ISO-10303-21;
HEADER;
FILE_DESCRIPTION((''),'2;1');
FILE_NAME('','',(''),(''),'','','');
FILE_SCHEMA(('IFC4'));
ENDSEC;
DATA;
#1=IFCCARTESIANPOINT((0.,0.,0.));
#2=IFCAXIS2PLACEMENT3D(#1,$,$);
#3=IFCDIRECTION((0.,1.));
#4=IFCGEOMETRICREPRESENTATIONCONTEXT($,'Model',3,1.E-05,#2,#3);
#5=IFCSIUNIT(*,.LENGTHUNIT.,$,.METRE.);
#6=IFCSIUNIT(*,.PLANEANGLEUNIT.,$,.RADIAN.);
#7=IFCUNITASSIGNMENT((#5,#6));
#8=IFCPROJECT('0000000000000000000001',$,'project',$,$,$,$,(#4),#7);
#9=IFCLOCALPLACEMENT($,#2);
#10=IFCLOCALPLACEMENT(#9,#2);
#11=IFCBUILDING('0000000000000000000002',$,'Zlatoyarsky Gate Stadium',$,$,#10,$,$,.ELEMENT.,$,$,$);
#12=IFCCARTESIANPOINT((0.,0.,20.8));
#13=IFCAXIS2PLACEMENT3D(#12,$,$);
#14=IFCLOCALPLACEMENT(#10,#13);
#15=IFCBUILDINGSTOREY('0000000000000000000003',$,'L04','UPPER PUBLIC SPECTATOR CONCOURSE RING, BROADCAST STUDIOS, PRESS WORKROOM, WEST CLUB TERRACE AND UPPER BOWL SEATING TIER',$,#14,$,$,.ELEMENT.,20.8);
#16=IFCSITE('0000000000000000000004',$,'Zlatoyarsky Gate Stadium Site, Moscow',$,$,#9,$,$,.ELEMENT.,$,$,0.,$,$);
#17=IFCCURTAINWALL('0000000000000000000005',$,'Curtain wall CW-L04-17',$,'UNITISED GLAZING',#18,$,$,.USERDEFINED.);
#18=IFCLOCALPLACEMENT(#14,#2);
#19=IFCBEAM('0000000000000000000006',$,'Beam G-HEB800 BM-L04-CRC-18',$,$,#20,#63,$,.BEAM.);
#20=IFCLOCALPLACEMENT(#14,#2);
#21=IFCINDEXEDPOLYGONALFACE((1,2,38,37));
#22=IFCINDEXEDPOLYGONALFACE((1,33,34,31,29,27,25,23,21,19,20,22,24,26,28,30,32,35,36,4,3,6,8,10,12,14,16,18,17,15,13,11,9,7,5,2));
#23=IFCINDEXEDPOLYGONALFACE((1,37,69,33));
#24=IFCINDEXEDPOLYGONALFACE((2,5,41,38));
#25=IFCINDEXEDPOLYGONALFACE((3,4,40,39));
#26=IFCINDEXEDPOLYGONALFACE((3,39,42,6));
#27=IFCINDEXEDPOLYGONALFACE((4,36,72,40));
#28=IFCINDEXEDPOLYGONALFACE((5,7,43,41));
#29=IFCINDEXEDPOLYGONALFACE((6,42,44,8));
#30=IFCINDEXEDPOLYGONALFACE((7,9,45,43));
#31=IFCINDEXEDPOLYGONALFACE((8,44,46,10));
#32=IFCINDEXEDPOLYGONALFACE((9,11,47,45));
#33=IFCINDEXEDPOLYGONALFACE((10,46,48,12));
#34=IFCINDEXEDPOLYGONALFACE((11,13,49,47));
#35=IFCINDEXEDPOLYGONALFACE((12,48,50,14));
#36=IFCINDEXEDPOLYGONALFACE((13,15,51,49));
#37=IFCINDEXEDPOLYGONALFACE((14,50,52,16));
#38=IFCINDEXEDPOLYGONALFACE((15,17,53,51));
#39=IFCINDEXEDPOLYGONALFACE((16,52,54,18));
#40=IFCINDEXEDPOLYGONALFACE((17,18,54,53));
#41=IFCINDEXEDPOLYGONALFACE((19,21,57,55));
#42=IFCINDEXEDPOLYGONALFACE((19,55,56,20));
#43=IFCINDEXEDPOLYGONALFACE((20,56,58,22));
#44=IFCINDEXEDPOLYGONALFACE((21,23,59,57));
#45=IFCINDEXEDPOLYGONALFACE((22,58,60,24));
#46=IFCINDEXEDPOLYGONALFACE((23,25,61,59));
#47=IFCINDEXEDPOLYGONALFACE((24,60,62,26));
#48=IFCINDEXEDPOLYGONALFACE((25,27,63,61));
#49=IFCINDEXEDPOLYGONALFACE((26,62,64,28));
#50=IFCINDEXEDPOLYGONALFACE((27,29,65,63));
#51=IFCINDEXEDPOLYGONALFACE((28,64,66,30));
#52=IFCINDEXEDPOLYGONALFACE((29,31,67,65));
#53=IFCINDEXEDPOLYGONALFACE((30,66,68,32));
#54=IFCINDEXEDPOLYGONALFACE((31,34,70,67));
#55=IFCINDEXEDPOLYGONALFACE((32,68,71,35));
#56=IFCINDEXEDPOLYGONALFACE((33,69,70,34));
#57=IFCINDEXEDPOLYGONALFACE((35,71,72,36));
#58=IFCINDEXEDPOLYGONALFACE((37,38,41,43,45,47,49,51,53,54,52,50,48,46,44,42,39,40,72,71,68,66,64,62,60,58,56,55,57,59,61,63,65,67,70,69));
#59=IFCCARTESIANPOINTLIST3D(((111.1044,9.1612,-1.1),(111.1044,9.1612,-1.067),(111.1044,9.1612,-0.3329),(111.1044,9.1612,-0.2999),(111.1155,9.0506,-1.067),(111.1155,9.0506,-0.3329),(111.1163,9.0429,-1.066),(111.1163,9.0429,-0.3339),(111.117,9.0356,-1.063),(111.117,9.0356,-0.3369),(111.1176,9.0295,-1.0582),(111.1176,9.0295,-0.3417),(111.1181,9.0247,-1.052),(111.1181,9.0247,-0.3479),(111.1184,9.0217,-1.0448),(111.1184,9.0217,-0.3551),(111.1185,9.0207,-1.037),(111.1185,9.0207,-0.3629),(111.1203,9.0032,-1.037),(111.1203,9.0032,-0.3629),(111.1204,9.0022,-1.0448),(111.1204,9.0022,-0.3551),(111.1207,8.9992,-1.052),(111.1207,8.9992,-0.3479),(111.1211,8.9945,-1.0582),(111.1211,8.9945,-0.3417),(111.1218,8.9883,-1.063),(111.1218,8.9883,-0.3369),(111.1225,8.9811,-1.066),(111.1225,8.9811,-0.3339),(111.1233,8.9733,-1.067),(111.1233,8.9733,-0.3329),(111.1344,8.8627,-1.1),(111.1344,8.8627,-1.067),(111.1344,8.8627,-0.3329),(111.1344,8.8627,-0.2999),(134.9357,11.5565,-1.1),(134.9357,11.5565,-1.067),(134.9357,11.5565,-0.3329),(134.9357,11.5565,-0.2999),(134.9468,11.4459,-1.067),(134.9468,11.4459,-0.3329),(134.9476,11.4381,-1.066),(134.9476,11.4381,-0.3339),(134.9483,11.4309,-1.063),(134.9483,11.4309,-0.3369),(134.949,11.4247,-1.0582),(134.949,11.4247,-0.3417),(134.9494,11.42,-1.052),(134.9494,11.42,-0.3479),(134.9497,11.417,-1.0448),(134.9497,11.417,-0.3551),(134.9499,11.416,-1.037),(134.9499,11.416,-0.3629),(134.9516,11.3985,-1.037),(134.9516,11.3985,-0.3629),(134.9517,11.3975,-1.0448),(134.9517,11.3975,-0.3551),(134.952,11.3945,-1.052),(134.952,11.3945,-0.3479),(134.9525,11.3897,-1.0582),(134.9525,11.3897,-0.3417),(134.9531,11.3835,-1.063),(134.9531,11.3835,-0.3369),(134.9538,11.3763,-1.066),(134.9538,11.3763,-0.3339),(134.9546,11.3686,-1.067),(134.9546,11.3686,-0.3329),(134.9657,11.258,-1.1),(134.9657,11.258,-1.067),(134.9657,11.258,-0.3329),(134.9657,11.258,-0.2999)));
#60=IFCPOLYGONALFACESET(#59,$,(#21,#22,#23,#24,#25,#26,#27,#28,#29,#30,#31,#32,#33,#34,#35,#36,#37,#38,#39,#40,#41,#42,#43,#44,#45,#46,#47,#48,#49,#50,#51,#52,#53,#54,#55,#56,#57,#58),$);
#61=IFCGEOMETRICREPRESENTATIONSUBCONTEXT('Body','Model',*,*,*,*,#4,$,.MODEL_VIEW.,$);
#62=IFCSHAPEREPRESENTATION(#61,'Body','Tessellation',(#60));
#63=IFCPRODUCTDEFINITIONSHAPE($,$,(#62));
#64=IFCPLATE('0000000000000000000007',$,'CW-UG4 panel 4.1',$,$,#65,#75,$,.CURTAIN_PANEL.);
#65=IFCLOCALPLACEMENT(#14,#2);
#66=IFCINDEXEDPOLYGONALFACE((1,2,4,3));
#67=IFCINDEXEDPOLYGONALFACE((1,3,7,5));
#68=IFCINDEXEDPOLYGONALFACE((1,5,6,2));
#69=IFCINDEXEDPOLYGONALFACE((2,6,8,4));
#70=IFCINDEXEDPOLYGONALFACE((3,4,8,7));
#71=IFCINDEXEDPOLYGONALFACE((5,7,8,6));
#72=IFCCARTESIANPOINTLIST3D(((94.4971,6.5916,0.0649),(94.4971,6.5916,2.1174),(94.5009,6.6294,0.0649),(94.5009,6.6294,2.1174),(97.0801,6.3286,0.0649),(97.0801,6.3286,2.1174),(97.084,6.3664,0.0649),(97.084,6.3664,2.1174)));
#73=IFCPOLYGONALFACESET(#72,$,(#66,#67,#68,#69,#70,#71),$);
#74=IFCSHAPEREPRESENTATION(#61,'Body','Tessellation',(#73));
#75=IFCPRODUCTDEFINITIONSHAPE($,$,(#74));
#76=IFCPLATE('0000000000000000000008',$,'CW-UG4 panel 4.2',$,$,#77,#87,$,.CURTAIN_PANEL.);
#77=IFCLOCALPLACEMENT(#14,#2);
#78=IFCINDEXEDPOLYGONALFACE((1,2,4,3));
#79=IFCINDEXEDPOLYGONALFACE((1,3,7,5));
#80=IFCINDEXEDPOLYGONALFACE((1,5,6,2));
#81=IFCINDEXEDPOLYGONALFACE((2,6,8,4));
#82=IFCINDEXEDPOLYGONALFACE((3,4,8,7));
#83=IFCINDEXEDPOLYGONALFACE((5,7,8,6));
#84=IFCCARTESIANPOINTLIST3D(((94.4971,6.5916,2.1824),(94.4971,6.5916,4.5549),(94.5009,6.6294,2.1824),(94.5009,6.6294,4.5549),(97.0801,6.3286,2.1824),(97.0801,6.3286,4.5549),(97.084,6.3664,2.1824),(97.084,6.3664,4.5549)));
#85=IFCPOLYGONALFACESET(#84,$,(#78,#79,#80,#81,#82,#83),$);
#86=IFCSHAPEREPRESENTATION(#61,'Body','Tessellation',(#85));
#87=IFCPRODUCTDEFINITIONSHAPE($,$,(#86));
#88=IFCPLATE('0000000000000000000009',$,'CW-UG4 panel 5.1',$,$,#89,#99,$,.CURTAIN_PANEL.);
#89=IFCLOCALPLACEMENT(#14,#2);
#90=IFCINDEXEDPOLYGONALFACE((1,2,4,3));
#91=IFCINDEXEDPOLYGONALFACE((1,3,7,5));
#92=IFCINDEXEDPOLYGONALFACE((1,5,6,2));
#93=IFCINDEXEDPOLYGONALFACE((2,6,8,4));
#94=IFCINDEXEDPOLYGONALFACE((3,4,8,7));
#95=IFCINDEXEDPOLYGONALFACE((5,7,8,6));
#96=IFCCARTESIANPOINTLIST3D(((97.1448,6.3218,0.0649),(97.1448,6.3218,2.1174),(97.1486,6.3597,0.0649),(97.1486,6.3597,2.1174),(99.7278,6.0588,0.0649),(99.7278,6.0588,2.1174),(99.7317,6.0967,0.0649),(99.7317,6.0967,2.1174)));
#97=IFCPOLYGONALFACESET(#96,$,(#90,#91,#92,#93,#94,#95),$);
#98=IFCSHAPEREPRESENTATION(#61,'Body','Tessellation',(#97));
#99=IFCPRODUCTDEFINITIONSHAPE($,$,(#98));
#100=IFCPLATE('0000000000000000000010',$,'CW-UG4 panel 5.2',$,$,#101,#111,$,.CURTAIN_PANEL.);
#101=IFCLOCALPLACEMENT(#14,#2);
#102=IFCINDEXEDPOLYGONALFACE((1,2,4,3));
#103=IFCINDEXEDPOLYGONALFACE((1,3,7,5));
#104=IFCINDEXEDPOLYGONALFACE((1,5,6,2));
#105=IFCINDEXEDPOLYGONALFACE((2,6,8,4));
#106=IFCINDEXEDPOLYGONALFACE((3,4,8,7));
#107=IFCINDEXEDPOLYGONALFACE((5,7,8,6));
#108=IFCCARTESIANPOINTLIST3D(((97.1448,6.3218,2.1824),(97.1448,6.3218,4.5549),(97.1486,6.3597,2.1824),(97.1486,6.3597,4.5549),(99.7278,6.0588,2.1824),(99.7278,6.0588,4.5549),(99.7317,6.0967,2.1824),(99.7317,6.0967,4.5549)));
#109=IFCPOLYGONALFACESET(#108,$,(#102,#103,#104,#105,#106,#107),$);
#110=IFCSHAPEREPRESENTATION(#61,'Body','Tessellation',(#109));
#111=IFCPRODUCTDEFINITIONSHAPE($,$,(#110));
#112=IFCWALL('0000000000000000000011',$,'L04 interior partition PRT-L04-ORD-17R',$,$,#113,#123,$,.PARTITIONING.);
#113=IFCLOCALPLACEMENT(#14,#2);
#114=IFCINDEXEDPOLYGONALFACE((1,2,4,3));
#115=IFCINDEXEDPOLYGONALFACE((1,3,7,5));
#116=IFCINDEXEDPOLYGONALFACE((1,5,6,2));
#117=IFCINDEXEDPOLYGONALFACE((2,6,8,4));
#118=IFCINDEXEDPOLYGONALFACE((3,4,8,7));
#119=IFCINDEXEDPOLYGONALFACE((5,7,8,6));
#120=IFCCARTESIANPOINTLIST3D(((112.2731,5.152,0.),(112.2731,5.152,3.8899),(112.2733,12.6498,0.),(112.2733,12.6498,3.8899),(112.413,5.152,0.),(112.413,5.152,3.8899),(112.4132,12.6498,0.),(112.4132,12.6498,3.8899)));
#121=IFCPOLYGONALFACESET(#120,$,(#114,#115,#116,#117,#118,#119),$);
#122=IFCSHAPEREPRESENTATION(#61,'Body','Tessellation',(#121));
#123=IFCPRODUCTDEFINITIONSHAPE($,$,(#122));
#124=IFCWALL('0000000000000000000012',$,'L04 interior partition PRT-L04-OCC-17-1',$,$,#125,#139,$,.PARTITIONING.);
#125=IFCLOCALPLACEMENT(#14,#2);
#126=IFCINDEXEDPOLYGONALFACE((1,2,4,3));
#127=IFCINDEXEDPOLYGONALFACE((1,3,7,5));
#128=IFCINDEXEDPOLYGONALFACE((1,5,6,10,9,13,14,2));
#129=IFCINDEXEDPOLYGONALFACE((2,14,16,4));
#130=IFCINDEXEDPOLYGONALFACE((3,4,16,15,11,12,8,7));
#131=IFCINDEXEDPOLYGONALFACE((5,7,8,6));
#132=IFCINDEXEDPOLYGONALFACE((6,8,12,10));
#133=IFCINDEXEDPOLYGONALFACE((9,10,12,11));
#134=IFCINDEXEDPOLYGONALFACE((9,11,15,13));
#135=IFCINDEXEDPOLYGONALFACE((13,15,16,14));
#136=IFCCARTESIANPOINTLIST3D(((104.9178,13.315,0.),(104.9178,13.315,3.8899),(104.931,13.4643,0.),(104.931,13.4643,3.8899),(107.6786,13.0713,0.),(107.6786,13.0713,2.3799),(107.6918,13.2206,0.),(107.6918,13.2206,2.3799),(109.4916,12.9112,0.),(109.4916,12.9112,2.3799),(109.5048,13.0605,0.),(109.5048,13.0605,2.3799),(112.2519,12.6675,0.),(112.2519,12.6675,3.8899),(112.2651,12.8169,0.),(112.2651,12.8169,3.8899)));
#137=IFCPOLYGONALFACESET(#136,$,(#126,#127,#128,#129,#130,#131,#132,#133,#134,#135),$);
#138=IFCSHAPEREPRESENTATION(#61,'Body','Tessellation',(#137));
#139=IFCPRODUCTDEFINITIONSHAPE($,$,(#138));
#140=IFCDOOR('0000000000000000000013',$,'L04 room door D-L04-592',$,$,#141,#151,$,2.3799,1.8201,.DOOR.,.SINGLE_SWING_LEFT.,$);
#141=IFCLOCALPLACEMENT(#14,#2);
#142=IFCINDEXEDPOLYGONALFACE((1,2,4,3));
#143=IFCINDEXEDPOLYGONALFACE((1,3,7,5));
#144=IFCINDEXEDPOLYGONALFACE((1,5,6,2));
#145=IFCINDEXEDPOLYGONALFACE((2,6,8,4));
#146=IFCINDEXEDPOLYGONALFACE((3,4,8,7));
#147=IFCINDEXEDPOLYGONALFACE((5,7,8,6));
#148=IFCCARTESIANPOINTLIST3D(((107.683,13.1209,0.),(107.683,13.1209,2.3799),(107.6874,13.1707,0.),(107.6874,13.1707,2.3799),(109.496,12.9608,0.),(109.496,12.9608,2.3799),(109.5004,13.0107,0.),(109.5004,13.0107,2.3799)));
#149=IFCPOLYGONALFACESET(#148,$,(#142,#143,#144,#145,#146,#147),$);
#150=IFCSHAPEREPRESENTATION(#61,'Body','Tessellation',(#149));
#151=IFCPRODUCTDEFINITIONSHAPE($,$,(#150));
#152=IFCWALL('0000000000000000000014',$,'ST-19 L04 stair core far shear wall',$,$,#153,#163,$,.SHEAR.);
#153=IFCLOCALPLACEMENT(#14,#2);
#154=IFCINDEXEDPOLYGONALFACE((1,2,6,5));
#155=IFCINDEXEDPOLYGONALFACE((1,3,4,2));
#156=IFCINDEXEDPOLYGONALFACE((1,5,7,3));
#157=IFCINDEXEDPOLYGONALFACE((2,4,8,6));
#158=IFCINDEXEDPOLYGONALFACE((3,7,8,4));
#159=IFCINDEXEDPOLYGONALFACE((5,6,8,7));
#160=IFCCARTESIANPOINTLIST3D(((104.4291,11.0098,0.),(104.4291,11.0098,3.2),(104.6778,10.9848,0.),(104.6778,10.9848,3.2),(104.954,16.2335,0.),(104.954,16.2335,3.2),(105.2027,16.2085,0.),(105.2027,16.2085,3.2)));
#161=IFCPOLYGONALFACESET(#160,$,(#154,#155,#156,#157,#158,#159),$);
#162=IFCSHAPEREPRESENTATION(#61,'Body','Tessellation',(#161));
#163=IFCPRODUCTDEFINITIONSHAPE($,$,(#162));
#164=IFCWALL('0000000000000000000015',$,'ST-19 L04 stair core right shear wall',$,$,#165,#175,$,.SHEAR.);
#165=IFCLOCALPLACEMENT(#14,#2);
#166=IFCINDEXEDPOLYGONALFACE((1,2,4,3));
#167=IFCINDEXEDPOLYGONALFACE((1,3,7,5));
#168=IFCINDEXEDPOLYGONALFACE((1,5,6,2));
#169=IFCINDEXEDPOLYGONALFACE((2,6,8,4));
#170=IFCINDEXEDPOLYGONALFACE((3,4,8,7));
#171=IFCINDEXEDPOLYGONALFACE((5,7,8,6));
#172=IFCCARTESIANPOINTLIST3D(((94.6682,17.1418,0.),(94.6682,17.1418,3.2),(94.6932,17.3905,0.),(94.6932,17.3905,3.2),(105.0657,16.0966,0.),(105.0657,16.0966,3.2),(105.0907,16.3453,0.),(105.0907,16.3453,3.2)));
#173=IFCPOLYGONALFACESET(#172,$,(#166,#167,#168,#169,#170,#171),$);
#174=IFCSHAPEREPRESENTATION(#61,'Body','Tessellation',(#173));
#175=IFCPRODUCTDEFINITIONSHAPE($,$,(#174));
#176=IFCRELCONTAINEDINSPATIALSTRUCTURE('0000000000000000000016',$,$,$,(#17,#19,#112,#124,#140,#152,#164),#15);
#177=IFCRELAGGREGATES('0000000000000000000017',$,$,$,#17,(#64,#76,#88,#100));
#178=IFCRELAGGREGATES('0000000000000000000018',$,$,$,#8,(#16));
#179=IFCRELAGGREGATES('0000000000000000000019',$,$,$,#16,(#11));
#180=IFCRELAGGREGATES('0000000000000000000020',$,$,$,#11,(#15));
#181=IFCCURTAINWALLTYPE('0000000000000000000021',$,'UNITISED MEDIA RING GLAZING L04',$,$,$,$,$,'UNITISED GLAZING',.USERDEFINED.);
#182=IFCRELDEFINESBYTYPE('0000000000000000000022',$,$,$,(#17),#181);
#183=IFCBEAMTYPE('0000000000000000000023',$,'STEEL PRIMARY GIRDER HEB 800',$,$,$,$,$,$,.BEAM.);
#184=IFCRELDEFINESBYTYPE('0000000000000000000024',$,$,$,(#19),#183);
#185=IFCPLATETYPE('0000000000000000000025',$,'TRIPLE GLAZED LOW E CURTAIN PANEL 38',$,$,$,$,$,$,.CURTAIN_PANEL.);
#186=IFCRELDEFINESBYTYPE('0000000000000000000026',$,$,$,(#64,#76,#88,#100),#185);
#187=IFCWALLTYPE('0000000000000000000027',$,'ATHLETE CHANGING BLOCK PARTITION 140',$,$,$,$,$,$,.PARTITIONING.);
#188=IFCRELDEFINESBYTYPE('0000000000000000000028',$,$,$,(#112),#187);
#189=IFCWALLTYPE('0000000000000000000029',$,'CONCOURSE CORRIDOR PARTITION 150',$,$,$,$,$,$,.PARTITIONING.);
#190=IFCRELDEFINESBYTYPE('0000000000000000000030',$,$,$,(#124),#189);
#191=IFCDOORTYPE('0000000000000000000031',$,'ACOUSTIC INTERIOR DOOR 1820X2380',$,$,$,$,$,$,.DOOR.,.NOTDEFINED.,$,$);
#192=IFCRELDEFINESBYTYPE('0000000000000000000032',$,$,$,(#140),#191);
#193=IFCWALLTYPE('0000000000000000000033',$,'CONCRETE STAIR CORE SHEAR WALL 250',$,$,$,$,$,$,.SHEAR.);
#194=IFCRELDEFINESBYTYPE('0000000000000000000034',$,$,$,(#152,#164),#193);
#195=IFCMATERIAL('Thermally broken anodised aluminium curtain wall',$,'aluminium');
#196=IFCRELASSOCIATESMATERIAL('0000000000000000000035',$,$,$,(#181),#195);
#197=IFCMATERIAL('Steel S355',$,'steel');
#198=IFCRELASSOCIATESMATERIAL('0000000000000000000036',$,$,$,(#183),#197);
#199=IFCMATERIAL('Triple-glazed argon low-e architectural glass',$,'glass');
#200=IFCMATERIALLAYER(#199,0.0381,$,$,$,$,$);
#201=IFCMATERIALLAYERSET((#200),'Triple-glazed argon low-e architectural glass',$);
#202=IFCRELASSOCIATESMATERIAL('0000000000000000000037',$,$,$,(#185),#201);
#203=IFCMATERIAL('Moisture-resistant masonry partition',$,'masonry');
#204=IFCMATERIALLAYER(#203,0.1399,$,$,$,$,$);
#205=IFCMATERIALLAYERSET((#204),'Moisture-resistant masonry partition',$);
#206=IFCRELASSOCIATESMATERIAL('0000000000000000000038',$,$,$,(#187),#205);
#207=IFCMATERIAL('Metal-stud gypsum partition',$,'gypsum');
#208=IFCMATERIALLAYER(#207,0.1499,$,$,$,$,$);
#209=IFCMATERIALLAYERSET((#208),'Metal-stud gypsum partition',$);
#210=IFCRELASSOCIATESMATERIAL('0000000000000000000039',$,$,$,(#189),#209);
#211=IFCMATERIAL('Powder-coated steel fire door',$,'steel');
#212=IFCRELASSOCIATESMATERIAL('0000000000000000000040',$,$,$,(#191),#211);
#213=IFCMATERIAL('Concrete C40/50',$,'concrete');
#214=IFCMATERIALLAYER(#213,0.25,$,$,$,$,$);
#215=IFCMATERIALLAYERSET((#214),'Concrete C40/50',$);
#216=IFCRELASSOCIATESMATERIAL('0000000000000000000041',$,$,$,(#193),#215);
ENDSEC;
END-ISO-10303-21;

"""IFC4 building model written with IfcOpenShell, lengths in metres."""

from ifc_helpers import new_model, si_unit, direction, frame, frame_2d, origin, origin_2d, place, context, subcontext, project, spatial, rectangle, i_section, extrude, material, layer, layer_set, material_profile, profile_set, type_object, element, fill, aggregate, save


model = new_model("IFC4")

# Units and contexts
model_context = context("Model", 3, precision=1e-05, world=origin(), true_north=direction((0.0, 1.0)))
body_context = subcontext(model_context, "Body", "Model", "MODEL_VIEW")
ifc_project = project(units=[si_unit("LENGTHUNIT", "METRE"), si_unit("PLANEANGLEUNIT", "RADIAN")], contexts=[model_context])

# Site, building, storey
site_placement = place(None, origin())
site = spatial("IfcSite", under=ifc_project, at=site_placement, Name="Zlatoyarsky Gate Stadium Site, Moscow", CompositionType="ELEMENT", RefElevation=0.0)
building_placement = place(site_placement, origin())
building = spatial("IfcBuilding", under=site, at=building_placement, Name="Zlatoyarsky Gate Stadium", CompositionType="ELEMENT")
storey_placement = place(building_placement, frame((0.0, 0.0, 20.8)))
storey = spatial("IfcBuildingStorey", under=building, at=storey_placement, Name="L04", Description="UPPER PUBLIC SPECTATOR CONCOURSE RING, BROADCAST STUDIOS, PRESS WORKROOM, WEST CLUB TERRACE AND UPPER BOWL SEATING TIER", CompositionType="ELEMENT", Elevation=20.8)

# Shared definitions
ifc_material_1 = material(Name="Steel S355", Category="steel")

# Curtain wall
ifc_material_2 = material(Name="Thermally broken anodised aluminium curtain wall", Category="aluminium")
curtain_wall_type = type_object("IfcCurtainWallType", Name="UNITISED MEDIA RING GLAZING L04", ElementType="UNITISED GLAZING", PredefinedType="USERDEFINED", material=ifc_material_2)
curtain_wall_placement = place(storey_placement, origin())
curtain_wall = element("IfcCurtainWall", 1, at=curtain_wall_placement, inside=storey, type_object=curtain_wall_type, Name="Curtain wall CW-L04-17", ObjectType="UNITISED GLAZING", PredefinedType="USERDEFINED")

# Beam
ifc_material_profile_1 = material_profile(ifc_material_1, i_section(OverallWidth=0.3, OverallDepth=0.8, WebThickness=0.0176, FlangeThickness=0.033, FilletRadius=0.03, at=origin_2d()), Name="HEB 800")
ifc_profile_set_1 = profile_set([ifc_material_profile_1], Name="Steel S355")
beam_type_1 = type_object("IfcBeamType", Name="STEEL PRIMARY GIRDER HEB 800", PredefinedType="BEAM", material=ifc_profile_set_1)
beam_1_placement = place(storey_placement, frame((111.1194, 9.012, -0.7), z_axis=(0.994987, 0.100005, 0.0), x_axis=(-0.100005, 0.994987, 0.0)))
element("IfcBeam", 2, at=beam_1_placement, inside=storey, type_object=beam_type_1, Name="Beam G-HEB800 BM-L04-CRC-18", PredefinedType="BEAM", context=body_context, shape_type="SweptSolid", body=[
    extrude(i_section(OverallWidth=0.3, OverallDepth=0.8, WebThickness=0.0176, FlangeThickness=0.033, FilletRadius=0.03, at=origin_2d()), origin(), (0.0, 0.0, 1.0), 23.9514),
])

# Plates
ifc_material_3 = material(Name="Triple-glazed argon low-e architectural glass", Category="glass")
ifc_layer_1 = layer(ifc_material_3, 0.0381)
ifc_layer_set_1 = layer_set([ifc_layer_1], Name="Triple-glazed argon low-e architectural glass")
plate_type = type_object("IfcPlateType", Name="TRIPLE GLAZED LOW E CURTAIN PANEL 38", PredefinedType="CURTAIN_PANEL", material=ifc_layer_set_1)
plate_1_placement = place(storey_placement, frame((95.7905, 6.479, 0.0649), z_axis=(0.0, 0.0, 1.0), x_axis=(0.994857, -0.101293, 0.0)))
plate_1 = element("IfcPlate", 3, at=plate_1_placement, type_object=plate_type, Name="CW-UG4 panel 4.1", PredefinedType="CURTAIN_PANEL", context=body_context, shape_type="SweptSolid", body=[
    extrude(rectangle(XDim=2.5964, YDim=0.0381, at=origin_2d()), origin(), (0.0, 0.0, 1.0), 2.0525),
])
plate_2_placement = place(storey_placement, frame((95.7905, 6.479, 2.1824), z_axis=(0.0, 0.0, 1.0), x_axis=(0.994857, -0.101293, 0.0)))
plate_2 = element("IfcPlate", 4, at=plate_2_placement, type_object=plate_type, Name="CW-UG4 panel 4.2", PredefinedType="CURTAIN_PANEL", context=body_context, shape_type="SweptSolid", body=[
    extrude(rectangle(XDim=2.5964, YDim=0.0381, at=origin_2d()), origin(), (0.0, 0.0, 1.0), 2.3726),
])
plate_3_placement = place(storey_placement, frame((98.4382, 6.2092, 0.0649), z_axis=(0.0, 0.0, 1.0), x_axis=(0.994857, -0.101293, 0.0)))
plate_3 = element("IfcPlate", 5, at=plate_3_placement, type_object=plate_type, Name="CW-UG4 panel 5.1", PredefinedType="CURTAIN_PANEL", context=body_context, shape_type="SweptSolid", body=[
    extrude(rectangle(XDim=2.5964, YDim=0.0381, at=origin_2d()), origin(), (0.0, 0.0, 1.0), 2.0525),
])
plate_4_placement = place(storey_placement, frame((98.4382, 6.2092, 2.1824), z_axis=(0.0, 0.0, 1.0), x_axis=(0.994857, -0.101293, 0.0)))
plate_4 = element("IfcPlate", 6, at=plate_4_placement, type_object=plate_type, Name="CW-UG4 panel 5.2", PredefinedType="CURTAIN_PANEL", context=body_context, shape_type="SweptSolid", body=[
    extrude(rectangle(XDim=2.5964, YDim=0.0381, at=origin_2d()), origin(), (0.0, 0.0, 1.0), 2.3726),
])
aggregate(curtain_wall, [plate_1, plate_2, plate_3, plate_4])

# Wall
ifc_material_4 = material(Name="Moisture-resistant masonry partition", Category="masonry")
ifc_layer_2 = layer(ifc_material_4, 0.1399)
ifc_layer_set_2 = layer_set([ifc_layer_2], Name="Moisture-resistant masonry partition")
wall_type_1 = type_object("IfcWallType", Name="ATHLETE CHANGING BLOCK PARTITION 140", PredefinedType="PARTITIONING", material=ifc_layer_set_2)
wall_1_placement = place(storey_placement, frame((112.3433, 12.6499, 0.0), z_axis=(0.0, 0.0, 1.0), x_axis=(-0.000033, -1.0, 0.0)))
element("IfcWall", 7, at=wall_1_placement, inside=storey, type_object=wall_type_1, Name="L04 interior partition PRT-L04-ORD-17R", PredefinedType="PARTITIONING", context=body_context, shape_type="SweptSolid", body=[
    extrude(rectangle(XDim=7.4978, YDim=0.1399, at=frame_2d((3.749, 0.0))), origin(), (0.0, 0.0, 1.0), 3.8899),
])

# Wall, opening, door
ifc_material_5 = material(Name="Metal-stud gypsum partition", Category="gypsum")
ifc_layer_3 = layer(ifc_material_5, 0.1499)
ifc_layer_set_3 = layer_set([ifc_layer_3], Name="Metal-stud gypsum partition")
wall_type_2 = type_object("IfcWallType", Name="CONCOURSE CORRIDOR PARTITION 150", PredefinedType="PARTITIONING", material=ifc_layer_set_3)
wall_2_placement = place(storey_placement, frame((104.9246, 13.3896, 0.0), z_axis=(0.0, 0.0, 1.0), x_axis=(0.996126, -0.08794, 0.0)))
wall_2 = element("IfcWall", 8, at=wall_2_placement, inside=storey, type_object=wall_type_2, Name="L04 interior partition PRT-L04-OCC-17-1", PredefinedType="PARTITIONING", context=body_context, shape_type="SweptSolid", body=[
    extrude(rectangle(XDim=7.3625, YDim=0.1499, at=frame_2d((3.6812, 0.0))), origin(), (0.0, 0.0, 1.0), 3.8899),
])
opening_placement = place(wall_2_placement, frame((2.7712, 0.0, 0.0)))
opening = element("IfcOpeningElement", 9, at=opening_placement, cuts=wall_2, PredefinedType="OPENING", context=body_context, shape_type="SweptSolid", body=[
    extrude(rectangle(XDim=1.8201, YDim=2.3799, at=frame_2d((0.9102, 1.1899))), frame((0.0, 0.085, 0.0), z_axis=(0.0, -1.0, 0.0), x_axis=(1.0, 0.0, 0.0)), (0.0, 0.0, 1.0), 0.1699),
])
ifc_material_6 = material(Name="Powder-coated steel fire door", Category="steel")
door_type = type_object("IfcDoorType", Name="ACOUSTIC INTERIOR DOOR 1820X2380", OperationType="NOTDEFINED", PredefinedType="DOOR", material=ifc_material_6)
door_placement = place(opening_placement, origin())
door = element("IfcDoor", 10, at=door_placement, inside=storey, type_object=door_type, Name="L04 room door D-L04-592", OperationType="SINGLE_SWING_LEFT", OverallHeight=2.3799, OverallWidth=1.8201, PredefinedType="DOOR", context=body_context, shape_type="SweptSolid", body=[
    extrude(rectangle(XDim=1.8201, YDim=2.3799, at=frame_2d((0.9102, 1.1899))), frame((0.0, 0.0249, 0.0), z_axis=(0.0, -1.0, 0.0), x_axis=(1.0, 0.0, 0.0)), (0.0, 0.0, 1.0), 0.05),
])
fill(opening, door)

# Walls
ifc_material_7 = material(Name="Concrete C40/50", Category="concrete")
ifc_layer_4 = layer(ifc_material_7, 0.25)
ifc_layer_set_4 = layer_set([ifc_layer_4], Name="Concrete C40/50")
wall_type_3 = type_object("IfcWallType", Name="CONCRETE STAIR CORE SHEAR WALL 250", PredefinedType="SHEAR", material=ifc_layer_set_4)
wall_3_placement = place(storey_placement, frame((104.5535, 10.9973, 0.0), z_axis=(0.0, 0.0, 1.0), x_axis=(0.099983, 0.994989, 0.0)))
element("IfcWall", 11, at=wall_3_placement, inside=storey, type_object=wall_type_3, Name="ST-19 L04 stair core far shear wall", PredefinedType="SHEAR", context=body_context, shape_type="SweptSolid", body=[
    extrude(rectangle(XDim=5.25, YDim=0.25, at=frame_2d((2.625, 0.0))), origin(), (0.0, 0.0, 1.0), 3.2),
])
wall_4_placement = place(storey_placement, frame((105.0784, 16.2209, 0.0), z_axis=(0.0, 0.0, 1.0), x_axis=(-0.994986, 0.100017, 0.0)))
element("IfcWall", 12, at=wall_4_placement, inside=storey, type_object=wall_type_3, Name="ST-19 L04 stair core right shear wall", PredefinedType="SHEAR", context=body_context, shape_type="SweptSolid", body=[
    extrude(rectangle(XDim=10.45, YDim=0.25, at=frame_2d((5.2251, 0.0))), origin(), (0.0, 0.0, 1.0), 3.2),
])

save(model, "model.ifc")
